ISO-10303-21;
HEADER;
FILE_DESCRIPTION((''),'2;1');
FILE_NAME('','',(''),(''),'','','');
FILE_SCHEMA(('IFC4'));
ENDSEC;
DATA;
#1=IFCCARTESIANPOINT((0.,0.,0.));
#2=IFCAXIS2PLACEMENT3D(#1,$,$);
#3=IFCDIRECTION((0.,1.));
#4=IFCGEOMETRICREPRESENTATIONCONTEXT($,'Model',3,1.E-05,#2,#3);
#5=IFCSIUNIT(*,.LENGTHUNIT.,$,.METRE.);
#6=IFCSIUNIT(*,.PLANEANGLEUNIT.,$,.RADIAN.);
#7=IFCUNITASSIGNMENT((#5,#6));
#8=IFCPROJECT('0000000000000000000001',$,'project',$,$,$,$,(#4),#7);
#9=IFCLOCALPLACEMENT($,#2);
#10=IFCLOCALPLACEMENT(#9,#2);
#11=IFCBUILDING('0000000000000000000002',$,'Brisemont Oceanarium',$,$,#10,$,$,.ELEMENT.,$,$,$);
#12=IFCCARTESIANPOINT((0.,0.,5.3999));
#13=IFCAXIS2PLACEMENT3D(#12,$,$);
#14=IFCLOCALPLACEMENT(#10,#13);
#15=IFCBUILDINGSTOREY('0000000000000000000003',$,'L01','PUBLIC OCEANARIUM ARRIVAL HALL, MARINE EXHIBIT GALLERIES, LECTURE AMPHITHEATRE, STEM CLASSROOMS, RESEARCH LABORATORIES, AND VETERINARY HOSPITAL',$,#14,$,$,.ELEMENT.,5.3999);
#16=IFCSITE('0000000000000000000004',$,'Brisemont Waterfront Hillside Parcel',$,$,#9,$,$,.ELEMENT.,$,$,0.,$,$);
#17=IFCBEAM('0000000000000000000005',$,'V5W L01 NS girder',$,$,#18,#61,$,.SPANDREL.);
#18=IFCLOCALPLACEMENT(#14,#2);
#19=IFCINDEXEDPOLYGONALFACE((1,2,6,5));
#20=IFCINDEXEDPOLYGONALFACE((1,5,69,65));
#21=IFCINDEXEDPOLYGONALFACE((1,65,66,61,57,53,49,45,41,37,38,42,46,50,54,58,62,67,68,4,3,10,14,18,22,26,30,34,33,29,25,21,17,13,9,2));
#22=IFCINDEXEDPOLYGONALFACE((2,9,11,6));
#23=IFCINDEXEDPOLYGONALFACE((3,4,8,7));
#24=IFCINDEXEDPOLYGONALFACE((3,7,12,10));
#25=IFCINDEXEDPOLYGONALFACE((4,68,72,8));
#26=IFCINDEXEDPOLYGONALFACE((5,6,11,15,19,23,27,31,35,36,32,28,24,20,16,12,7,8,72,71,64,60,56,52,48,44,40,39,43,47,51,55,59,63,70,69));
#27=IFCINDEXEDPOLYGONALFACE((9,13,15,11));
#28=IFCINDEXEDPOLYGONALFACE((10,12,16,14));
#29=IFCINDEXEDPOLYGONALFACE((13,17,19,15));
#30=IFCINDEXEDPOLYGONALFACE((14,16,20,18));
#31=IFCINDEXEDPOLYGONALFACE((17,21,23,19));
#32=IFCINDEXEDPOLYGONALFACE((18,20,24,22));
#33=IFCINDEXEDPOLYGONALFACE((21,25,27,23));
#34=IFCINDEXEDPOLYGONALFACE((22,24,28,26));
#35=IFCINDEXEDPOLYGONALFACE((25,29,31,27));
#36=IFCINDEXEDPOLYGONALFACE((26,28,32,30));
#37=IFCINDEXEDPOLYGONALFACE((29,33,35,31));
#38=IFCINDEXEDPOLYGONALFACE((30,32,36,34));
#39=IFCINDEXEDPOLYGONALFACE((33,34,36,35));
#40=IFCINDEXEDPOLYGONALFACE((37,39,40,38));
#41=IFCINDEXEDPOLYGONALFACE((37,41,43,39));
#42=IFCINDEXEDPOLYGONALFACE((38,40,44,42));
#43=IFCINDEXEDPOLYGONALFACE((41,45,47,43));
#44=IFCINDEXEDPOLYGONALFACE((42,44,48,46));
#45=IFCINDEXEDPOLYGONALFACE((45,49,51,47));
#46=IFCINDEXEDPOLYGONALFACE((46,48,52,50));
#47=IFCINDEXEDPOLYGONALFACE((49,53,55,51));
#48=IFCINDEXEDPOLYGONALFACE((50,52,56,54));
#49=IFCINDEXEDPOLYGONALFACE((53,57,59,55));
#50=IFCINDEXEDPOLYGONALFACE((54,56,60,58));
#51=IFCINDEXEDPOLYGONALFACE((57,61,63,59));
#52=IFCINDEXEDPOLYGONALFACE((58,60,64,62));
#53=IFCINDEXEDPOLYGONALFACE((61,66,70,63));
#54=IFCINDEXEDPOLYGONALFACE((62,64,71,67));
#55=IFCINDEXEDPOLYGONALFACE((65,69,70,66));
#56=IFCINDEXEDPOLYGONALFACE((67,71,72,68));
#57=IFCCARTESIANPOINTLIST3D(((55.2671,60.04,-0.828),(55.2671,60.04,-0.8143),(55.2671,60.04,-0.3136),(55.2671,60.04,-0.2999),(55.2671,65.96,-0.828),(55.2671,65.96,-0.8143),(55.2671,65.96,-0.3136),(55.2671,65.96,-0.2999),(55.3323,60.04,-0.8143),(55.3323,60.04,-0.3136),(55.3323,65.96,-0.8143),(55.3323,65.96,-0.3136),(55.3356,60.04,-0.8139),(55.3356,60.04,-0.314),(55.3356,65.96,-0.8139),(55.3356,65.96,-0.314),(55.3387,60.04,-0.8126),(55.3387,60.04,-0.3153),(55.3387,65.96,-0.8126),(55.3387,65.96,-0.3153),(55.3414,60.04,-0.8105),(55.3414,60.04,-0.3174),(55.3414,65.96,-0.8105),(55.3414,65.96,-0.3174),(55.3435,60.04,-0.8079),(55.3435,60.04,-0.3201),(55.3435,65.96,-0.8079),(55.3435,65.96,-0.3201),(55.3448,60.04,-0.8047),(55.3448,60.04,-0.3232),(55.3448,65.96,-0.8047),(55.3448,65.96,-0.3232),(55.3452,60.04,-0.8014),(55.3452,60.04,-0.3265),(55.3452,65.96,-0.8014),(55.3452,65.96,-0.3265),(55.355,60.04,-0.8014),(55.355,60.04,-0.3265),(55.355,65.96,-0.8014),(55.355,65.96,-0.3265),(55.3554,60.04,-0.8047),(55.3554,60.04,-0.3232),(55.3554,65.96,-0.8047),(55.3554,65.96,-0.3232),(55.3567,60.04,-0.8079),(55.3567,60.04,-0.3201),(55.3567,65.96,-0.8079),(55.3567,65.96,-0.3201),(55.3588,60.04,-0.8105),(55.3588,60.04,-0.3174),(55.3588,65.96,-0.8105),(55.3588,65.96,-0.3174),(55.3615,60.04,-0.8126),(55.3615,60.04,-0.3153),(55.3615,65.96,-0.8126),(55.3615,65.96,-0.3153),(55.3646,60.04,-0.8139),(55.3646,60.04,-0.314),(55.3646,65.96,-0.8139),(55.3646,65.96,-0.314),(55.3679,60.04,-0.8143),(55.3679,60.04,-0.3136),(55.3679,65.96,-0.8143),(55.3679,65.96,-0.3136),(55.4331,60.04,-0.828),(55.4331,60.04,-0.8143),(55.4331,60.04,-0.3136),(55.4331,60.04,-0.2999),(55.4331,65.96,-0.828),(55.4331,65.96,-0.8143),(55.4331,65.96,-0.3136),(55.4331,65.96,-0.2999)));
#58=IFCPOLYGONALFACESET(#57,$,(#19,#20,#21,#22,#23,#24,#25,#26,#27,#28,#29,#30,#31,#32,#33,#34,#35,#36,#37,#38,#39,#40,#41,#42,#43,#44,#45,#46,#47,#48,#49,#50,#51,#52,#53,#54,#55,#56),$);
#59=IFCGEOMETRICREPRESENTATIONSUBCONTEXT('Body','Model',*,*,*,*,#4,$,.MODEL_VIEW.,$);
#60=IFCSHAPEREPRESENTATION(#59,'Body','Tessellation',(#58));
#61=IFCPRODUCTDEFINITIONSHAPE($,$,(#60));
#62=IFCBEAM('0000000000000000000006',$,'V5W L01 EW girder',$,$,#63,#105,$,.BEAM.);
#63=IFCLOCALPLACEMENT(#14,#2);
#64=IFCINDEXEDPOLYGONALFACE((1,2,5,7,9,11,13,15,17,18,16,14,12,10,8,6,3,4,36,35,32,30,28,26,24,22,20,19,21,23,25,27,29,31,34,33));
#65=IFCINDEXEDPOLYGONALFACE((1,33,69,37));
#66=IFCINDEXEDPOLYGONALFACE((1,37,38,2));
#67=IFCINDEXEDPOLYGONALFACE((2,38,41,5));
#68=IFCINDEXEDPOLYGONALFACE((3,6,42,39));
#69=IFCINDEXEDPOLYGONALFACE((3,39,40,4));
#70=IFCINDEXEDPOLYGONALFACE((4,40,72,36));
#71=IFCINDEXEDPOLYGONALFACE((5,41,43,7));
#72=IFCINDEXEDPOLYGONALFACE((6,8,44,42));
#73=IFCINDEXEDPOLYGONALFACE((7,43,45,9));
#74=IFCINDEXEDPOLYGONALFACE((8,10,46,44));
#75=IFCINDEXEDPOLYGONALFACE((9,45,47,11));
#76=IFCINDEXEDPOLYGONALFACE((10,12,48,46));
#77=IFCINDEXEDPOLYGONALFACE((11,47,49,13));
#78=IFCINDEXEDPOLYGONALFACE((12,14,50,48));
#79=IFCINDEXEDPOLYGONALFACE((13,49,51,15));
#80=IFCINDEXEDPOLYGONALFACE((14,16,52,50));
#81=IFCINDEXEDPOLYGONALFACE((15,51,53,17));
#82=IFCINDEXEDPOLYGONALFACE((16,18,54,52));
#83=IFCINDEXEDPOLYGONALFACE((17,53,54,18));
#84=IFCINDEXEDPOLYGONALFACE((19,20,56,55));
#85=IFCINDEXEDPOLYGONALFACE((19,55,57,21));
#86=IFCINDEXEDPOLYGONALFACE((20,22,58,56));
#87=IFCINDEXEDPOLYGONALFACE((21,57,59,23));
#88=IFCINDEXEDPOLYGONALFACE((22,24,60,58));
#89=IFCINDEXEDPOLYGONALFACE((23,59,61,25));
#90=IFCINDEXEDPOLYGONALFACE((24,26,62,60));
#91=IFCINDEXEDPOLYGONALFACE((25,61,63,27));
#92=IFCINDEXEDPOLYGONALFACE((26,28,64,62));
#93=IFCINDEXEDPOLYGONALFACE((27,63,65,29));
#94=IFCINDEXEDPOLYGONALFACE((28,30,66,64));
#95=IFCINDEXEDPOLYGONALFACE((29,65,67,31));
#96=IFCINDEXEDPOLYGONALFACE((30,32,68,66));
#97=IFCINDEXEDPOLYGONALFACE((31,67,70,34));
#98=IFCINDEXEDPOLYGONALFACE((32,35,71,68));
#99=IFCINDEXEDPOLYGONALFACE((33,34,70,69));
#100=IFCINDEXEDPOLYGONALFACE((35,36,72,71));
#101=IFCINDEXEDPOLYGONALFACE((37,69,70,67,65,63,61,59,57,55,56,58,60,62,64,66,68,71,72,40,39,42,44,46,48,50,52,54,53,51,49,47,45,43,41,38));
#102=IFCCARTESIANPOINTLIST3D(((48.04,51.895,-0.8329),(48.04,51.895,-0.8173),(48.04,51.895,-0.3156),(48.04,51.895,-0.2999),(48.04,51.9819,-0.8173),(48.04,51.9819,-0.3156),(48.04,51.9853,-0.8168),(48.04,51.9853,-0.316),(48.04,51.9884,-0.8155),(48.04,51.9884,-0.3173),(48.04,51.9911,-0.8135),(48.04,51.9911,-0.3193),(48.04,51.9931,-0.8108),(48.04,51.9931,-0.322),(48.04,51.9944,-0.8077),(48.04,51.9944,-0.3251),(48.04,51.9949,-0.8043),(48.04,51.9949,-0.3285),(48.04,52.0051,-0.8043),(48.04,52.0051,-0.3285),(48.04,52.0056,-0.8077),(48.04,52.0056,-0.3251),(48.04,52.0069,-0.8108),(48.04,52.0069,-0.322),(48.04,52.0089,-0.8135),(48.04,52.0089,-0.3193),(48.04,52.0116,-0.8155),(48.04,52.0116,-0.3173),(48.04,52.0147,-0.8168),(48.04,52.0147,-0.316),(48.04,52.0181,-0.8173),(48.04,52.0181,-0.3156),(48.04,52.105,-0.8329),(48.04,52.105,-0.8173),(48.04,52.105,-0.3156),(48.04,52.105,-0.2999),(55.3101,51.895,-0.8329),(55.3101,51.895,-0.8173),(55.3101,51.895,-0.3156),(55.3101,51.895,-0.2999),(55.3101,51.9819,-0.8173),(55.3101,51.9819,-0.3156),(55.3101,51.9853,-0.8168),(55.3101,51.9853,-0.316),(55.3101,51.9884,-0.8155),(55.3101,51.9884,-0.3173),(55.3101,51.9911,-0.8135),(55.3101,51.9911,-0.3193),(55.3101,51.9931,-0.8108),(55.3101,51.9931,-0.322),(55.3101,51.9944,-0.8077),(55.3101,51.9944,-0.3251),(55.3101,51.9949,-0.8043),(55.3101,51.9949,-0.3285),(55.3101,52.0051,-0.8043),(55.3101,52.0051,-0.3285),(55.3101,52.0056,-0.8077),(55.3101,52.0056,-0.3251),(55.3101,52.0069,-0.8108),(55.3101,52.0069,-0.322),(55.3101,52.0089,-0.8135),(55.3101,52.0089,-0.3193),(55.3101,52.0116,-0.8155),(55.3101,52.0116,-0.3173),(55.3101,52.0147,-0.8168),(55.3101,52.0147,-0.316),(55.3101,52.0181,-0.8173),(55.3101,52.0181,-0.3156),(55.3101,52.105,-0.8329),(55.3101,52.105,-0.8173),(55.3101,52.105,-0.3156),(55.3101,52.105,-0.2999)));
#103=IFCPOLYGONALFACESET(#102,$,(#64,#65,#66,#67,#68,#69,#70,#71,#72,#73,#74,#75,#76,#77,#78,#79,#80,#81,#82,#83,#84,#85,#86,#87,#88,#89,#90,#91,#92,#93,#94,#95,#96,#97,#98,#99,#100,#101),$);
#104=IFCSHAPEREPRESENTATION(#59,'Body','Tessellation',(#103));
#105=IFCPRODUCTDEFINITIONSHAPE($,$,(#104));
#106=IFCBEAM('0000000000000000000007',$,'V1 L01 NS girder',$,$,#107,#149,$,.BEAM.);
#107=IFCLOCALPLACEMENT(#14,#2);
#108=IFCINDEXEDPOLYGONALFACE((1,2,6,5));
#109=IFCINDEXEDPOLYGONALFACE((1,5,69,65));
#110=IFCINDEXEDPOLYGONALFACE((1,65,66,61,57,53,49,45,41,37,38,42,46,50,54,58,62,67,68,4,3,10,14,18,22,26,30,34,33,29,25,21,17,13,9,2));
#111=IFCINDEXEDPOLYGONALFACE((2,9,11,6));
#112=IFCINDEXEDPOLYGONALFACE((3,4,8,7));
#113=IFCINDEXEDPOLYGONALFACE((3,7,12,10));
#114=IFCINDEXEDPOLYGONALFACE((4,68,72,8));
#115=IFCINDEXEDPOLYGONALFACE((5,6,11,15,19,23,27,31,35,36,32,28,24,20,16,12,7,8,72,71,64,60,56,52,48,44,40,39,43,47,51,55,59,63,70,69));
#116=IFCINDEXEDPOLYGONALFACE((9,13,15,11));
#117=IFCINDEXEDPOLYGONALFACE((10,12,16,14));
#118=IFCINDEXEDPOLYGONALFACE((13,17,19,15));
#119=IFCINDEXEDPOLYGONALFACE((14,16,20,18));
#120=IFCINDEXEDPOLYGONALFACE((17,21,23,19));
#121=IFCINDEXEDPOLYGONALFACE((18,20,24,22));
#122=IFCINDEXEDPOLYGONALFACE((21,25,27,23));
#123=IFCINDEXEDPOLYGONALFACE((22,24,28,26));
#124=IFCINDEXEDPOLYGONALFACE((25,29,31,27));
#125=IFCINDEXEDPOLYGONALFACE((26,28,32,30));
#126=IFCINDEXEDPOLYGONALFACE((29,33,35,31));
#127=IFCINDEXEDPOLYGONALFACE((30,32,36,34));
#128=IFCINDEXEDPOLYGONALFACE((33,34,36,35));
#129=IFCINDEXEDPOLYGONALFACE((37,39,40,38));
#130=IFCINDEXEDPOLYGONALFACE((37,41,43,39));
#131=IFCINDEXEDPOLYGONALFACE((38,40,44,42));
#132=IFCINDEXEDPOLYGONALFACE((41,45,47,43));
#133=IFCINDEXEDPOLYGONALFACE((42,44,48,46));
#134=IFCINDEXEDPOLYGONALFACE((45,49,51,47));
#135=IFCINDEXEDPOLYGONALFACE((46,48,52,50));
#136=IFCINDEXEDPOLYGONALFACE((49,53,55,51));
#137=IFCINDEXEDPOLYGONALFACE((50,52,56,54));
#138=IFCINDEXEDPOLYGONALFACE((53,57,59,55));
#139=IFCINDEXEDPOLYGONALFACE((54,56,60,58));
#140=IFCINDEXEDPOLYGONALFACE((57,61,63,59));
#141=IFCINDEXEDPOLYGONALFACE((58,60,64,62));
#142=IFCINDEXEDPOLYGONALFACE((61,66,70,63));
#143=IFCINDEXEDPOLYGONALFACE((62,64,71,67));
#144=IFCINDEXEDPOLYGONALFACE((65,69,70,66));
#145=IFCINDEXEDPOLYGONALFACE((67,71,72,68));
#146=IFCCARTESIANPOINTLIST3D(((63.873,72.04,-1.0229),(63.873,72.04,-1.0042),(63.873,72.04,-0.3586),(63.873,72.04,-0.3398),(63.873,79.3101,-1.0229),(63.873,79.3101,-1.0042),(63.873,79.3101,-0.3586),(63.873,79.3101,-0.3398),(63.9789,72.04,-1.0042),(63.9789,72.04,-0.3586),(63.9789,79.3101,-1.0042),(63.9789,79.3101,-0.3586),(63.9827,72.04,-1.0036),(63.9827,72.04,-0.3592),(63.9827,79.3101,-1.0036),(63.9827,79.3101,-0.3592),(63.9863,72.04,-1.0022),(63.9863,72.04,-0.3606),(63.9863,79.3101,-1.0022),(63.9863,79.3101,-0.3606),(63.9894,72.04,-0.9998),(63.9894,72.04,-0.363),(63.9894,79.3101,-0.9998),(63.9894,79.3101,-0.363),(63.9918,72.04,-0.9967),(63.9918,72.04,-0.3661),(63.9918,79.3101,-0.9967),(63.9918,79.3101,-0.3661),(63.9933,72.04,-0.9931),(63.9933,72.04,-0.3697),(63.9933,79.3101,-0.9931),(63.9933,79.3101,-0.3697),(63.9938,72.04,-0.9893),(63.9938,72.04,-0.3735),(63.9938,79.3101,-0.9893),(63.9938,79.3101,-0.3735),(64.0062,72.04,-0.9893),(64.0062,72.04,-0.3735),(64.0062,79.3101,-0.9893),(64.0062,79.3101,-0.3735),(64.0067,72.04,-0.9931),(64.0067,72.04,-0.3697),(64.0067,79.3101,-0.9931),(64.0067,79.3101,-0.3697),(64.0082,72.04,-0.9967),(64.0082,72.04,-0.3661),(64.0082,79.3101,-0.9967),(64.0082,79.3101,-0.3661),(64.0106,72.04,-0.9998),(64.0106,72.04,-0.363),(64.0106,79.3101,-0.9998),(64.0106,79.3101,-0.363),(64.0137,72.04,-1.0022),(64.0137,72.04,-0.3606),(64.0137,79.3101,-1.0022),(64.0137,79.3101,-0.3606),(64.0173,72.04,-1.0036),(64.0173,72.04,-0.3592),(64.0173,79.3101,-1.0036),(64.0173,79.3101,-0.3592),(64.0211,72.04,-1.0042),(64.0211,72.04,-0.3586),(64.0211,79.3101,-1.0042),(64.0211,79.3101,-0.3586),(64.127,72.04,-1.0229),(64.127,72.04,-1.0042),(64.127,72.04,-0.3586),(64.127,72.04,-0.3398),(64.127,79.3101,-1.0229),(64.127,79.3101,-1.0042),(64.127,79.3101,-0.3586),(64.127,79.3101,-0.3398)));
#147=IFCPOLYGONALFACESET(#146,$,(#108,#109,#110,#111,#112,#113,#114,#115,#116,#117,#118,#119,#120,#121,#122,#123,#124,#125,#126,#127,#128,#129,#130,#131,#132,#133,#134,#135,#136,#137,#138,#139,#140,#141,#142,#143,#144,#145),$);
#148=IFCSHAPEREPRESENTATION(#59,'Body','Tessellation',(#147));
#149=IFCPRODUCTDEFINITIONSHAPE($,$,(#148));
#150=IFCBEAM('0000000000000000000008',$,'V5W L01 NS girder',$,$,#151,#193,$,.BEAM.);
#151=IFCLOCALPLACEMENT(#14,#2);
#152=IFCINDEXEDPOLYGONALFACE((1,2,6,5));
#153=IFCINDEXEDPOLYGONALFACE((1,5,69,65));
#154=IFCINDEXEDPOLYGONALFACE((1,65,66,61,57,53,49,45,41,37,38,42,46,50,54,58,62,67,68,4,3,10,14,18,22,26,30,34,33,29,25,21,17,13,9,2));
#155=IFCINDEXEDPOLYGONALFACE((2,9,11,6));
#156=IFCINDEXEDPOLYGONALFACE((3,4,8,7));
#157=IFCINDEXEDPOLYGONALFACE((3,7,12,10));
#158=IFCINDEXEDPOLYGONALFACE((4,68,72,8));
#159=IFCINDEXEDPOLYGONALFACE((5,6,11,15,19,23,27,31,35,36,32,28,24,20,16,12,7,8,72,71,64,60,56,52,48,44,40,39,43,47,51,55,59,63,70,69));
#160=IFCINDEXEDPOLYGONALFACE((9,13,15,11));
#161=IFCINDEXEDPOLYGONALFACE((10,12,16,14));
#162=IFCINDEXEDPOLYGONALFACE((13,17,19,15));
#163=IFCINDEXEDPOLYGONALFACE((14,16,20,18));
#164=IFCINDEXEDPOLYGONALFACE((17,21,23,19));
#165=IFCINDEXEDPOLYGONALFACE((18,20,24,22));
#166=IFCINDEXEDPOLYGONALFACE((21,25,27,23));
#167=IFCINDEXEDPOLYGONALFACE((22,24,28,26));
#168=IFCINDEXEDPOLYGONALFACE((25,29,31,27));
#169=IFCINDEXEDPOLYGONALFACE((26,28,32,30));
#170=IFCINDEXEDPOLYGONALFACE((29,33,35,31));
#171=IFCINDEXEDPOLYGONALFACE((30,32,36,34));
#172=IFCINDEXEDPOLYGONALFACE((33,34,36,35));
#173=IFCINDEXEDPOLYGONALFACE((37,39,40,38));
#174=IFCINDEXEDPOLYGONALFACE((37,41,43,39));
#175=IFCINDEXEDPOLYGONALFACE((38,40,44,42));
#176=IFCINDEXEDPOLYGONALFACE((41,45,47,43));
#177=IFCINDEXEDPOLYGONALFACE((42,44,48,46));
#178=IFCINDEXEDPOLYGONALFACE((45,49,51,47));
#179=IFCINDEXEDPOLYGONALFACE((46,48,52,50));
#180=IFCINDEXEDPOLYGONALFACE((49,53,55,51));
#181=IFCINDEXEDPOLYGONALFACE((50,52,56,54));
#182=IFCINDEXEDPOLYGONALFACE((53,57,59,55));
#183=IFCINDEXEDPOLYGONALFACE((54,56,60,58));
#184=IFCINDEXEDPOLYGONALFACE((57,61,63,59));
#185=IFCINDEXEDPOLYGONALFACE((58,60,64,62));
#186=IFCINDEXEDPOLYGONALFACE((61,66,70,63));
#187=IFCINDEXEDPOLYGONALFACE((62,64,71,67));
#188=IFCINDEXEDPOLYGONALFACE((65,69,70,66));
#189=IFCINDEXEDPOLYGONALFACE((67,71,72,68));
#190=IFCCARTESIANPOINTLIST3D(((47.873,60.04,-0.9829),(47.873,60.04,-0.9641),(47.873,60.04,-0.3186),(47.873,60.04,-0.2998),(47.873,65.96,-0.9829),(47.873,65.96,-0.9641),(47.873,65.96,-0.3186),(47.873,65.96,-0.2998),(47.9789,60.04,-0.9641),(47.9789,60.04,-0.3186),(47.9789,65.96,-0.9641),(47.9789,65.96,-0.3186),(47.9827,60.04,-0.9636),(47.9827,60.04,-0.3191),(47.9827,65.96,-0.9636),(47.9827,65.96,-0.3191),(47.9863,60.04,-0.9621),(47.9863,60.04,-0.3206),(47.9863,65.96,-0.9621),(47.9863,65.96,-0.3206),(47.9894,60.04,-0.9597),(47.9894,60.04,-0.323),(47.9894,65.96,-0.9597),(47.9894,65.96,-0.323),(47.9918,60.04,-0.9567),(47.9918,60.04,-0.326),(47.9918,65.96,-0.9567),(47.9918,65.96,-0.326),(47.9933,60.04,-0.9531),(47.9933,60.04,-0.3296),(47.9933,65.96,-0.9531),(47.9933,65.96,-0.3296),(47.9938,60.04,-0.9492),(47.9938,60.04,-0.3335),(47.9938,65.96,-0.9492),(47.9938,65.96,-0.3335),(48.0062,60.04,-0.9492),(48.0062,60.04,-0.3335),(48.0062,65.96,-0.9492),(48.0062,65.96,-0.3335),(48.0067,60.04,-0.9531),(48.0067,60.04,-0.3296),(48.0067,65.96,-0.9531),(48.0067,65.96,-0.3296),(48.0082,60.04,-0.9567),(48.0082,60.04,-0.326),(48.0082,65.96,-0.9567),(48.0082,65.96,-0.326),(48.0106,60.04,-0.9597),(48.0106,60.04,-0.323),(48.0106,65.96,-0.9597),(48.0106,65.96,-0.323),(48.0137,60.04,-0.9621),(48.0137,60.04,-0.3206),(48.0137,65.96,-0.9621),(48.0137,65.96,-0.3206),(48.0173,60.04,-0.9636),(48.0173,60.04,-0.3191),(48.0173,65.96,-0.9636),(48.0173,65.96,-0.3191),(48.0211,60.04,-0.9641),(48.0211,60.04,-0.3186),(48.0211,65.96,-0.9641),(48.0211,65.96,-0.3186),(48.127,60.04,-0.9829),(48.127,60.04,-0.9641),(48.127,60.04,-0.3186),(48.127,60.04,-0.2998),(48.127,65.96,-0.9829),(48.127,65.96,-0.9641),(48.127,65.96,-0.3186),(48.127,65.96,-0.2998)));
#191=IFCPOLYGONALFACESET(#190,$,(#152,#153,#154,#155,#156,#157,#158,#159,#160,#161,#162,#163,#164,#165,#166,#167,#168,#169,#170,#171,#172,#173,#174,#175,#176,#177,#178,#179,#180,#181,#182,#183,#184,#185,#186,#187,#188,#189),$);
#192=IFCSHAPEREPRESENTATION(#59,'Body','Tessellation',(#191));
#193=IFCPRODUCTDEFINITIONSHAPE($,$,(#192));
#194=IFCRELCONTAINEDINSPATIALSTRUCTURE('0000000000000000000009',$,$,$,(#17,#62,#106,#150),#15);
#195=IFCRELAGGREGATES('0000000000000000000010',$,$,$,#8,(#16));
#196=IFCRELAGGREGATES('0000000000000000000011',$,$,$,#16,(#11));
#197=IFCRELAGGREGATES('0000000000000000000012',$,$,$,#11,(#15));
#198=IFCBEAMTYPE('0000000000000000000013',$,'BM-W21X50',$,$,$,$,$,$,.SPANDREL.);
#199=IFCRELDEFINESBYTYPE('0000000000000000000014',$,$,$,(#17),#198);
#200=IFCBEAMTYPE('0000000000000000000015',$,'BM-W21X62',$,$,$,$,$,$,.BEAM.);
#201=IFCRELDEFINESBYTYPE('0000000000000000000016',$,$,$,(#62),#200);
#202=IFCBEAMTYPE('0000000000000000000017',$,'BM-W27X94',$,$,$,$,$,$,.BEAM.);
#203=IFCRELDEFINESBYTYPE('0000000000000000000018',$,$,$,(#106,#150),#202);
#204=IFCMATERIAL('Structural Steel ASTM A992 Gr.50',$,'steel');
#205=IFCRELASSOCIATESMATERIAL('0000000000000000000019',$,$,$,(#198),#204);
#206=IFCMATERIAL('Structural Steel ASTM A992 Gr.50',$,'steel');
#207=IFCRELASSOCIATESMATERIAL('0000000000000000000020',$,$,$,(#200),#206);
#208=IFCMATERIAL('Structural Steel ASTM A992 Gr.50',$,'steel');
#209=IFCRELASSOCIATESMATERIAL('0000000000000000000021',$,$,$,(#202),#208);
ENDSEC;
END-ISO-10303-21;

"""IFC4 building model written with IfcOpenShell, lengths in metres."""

from ifc_helpers import new_model, si_unit, direction, frame, origin, origin_2d, place, context, subcontext, project, spatial, i_section, extrude, material, material_profile, profile_set, type_object, element, save


model = new_model("IFC4")

# Units and contexts
model_context = context("Model", 3, precision=1e-05, world=origin(), true_north=direction((0.0, 1.0)))
body_context = subcontext(model_context, "Body", "Model", "MODEL_VIEW")
ifc_project = project(units=[si_unit("LENGTHUNIT", "METRE"), si_unit("PLANEANGLEUNIT", "RADIAN")], contexts=[model_context])

# Site, building, storey
site_placement = place(None, origin())
site = spatial("IfcSite", under=ifc_project, at=site_placement, Name="Brisemont Waterfront Hillside Parcel", CompositionType="ELEMENT", RefElevation=0.0)
building_placement = place(site_placement, origin())
building = spatial("IfcBuilding", under=site, at=building_placement, Name="Brisemont Oceanarium", CompositionType="ELEMENT")
storey_placement = place(building_placement, frame((0.0, 0.0, 5.3999)))
storey = spatial("IfcBuildingStorey", under=building, at=storey_placement, Name="L01", Description="PUBLIC OCEANARIUM ARRIVAL HALL, MARINE EXHIBIT GALLERIES, LECTURE AMPHITHEATRE, STEM CLASSROOMS, RESEARCH LABORATORIES, AND VETERINARY HOSPITAL", CompositionType="ELEMENT", Elevation=5.3999)

# Beams
ifc_material_1 = material(Name="Structural Steel ASTM A992 Gr.50", Category="steel")
ifc_material_profile_1 = material_profile(ifc_material_1, i_section(OverallWidth=0.166, OverallDepth=0.5281, WebThickness=0.0098, FlangeThickness=0.0137, FilletRadius=0.0129, at=origin_2d()), Name="W21X50")
ifc_profile_set_1 = profile_set([ifc_material_profile_1], Name="Structural Steel ASTM A992 Gr.50")
beam_type_1 = type_object("IfcBeamType", Name="BM-W21X50", PredefinedType="SPANDREL", material=ifc_profile_set_1)
beam_1_placement = place(storey_placement, frame((55.3501, 60.04, -0.564), z_axis=(0.0, 1.0, 0.0), x_axis=(-1.0, 0.0, 0.0)))
element("IfcBeam", 1, at=beam_1_placement, inside=storey, type_object=beam_type_1, Name="V5W L01 NS girder", PredefinedType="SPANDREL", context=body_context, shape_type="SweptSolid", body=[
    extrude(i_section(OverallWidth=0.166, OverallDepth=0.5281, WebThickness=0.0098, FlangeThickness=0.0137, FilletRadius=0.0129, at=origin_2d()), origin(), (0.0, 0.0, 1.0), 5.9199),
])
ifc_material_2 = material(Name="Structural Steel ASTM A992 Gr.50", Category="steel")
ifc_material_profile_2 = material_profile(ifc_material_2, i_section(OverallWidth=0.21, OverallDepth=0.533, WebThickness=0.0103, FlangeThickness=0.0156, FilletRadius=0.0129, at=origin_2d()), Name="W21X62")
ifc_profile_set_2 = profile_set([ifc_material_profile_2], Name="Structural Steel ASTM A992 Gr.50")
beam_type_2 = type_object("IfcBeamType", Name="BM-W21X62", PredefinedType="BEAM", material=ifc_profile_set_2)
beam_2_placement = place(storey_placement, frame((48.04, 52.0, -0.5664), z_axis=(1.0, 0.0, 0.0), x_axis=(0.0, 1.0, 0.0)))
element("IfcBeam", 2, at=beam_2_placement, inside=storey, type_object=beam_type_2, Name="V5W L01 EW girder", PredefinedType="BEAM", context=body_context, shape_type="SweptSolid", body=[
    extrude(i_section(OverallWidth=0.21, OverallDepth=0.533, WebThickness=0.0103, FlangeThickness=0.0156, FilletRadius=0.0129, at=origin_2d()), origin(), (0.0, 0.0, 1.0), 7.27),
])
ifc_material_3 = material(Name="Structural Steel ASTM A992 Gr.50", Category="steel")
ifc_material_profile_3 = material_profile(ifc_material_3, i_section(OverallWidth=0.2539, OverallDepth=0.6831, WebThickness=0.0125, FlangeThickness=0.0188, FilletRadius=0.0149, at=origin_2d()), Name="W27X94")
ifc_profile_set_3 = profile_set([ifc_material_profile_3], Name="Structural Steel ASTM A992 Gr.50")
beam_type_3 = type_object("IfcBeamType", Name="BM-W27X94", PredefinedType="BEAM", material=ifc_profile_set_3)
beam_3_placement = place(storey_placement, frame((64.0, 72.04, -0.6814), z_axis=(0.0, 1.0, 0.0), x_axis=(-1.0, 0.0, 0.0)))
element("IfcBeam", 3, at=beam_3_placement, inside=storey, type_object=beam_type_3, Name="V1 L01 NS girder", PredefinedType="BEAM", context=body_context, shape_type="SweptSolid", body=[
    extrude(i_section(OverallWidth=0.2539, OverallDepth=0.6831, WebThickness=0.0125, FlangeThickness=0.0188, FilletRadius=0.0149, at=origin_2d()), origin(), (0.0, 0.0, 1.0), 7.27),
])
beam_4_placement = place(storey_placement, frame((48.0, 60.04, -0.6414), z_axis=(0.0, 1.0, 0.0), x_axis=(-1.0, 0.0, 0.0)))
element("IfcBeam", 4, at=beam_4_placement, inside=storey, type_object=beam_type_3, Name="V5W L01 NS girder", PredefinedType="BEAM", context=body_context, shape_type="SweptSolid", body=[
    extrude(i_section(OverallWidth=0.2539, OverallDepth=0.6831, WebThickness=0.0125, FlangeThickness=0.0188, FilletRadius=0.0149, at=origin_2d()), origin(), (0.0, 0.0, 1.0), 5.9199),
])

save(model, "model.ifc")
